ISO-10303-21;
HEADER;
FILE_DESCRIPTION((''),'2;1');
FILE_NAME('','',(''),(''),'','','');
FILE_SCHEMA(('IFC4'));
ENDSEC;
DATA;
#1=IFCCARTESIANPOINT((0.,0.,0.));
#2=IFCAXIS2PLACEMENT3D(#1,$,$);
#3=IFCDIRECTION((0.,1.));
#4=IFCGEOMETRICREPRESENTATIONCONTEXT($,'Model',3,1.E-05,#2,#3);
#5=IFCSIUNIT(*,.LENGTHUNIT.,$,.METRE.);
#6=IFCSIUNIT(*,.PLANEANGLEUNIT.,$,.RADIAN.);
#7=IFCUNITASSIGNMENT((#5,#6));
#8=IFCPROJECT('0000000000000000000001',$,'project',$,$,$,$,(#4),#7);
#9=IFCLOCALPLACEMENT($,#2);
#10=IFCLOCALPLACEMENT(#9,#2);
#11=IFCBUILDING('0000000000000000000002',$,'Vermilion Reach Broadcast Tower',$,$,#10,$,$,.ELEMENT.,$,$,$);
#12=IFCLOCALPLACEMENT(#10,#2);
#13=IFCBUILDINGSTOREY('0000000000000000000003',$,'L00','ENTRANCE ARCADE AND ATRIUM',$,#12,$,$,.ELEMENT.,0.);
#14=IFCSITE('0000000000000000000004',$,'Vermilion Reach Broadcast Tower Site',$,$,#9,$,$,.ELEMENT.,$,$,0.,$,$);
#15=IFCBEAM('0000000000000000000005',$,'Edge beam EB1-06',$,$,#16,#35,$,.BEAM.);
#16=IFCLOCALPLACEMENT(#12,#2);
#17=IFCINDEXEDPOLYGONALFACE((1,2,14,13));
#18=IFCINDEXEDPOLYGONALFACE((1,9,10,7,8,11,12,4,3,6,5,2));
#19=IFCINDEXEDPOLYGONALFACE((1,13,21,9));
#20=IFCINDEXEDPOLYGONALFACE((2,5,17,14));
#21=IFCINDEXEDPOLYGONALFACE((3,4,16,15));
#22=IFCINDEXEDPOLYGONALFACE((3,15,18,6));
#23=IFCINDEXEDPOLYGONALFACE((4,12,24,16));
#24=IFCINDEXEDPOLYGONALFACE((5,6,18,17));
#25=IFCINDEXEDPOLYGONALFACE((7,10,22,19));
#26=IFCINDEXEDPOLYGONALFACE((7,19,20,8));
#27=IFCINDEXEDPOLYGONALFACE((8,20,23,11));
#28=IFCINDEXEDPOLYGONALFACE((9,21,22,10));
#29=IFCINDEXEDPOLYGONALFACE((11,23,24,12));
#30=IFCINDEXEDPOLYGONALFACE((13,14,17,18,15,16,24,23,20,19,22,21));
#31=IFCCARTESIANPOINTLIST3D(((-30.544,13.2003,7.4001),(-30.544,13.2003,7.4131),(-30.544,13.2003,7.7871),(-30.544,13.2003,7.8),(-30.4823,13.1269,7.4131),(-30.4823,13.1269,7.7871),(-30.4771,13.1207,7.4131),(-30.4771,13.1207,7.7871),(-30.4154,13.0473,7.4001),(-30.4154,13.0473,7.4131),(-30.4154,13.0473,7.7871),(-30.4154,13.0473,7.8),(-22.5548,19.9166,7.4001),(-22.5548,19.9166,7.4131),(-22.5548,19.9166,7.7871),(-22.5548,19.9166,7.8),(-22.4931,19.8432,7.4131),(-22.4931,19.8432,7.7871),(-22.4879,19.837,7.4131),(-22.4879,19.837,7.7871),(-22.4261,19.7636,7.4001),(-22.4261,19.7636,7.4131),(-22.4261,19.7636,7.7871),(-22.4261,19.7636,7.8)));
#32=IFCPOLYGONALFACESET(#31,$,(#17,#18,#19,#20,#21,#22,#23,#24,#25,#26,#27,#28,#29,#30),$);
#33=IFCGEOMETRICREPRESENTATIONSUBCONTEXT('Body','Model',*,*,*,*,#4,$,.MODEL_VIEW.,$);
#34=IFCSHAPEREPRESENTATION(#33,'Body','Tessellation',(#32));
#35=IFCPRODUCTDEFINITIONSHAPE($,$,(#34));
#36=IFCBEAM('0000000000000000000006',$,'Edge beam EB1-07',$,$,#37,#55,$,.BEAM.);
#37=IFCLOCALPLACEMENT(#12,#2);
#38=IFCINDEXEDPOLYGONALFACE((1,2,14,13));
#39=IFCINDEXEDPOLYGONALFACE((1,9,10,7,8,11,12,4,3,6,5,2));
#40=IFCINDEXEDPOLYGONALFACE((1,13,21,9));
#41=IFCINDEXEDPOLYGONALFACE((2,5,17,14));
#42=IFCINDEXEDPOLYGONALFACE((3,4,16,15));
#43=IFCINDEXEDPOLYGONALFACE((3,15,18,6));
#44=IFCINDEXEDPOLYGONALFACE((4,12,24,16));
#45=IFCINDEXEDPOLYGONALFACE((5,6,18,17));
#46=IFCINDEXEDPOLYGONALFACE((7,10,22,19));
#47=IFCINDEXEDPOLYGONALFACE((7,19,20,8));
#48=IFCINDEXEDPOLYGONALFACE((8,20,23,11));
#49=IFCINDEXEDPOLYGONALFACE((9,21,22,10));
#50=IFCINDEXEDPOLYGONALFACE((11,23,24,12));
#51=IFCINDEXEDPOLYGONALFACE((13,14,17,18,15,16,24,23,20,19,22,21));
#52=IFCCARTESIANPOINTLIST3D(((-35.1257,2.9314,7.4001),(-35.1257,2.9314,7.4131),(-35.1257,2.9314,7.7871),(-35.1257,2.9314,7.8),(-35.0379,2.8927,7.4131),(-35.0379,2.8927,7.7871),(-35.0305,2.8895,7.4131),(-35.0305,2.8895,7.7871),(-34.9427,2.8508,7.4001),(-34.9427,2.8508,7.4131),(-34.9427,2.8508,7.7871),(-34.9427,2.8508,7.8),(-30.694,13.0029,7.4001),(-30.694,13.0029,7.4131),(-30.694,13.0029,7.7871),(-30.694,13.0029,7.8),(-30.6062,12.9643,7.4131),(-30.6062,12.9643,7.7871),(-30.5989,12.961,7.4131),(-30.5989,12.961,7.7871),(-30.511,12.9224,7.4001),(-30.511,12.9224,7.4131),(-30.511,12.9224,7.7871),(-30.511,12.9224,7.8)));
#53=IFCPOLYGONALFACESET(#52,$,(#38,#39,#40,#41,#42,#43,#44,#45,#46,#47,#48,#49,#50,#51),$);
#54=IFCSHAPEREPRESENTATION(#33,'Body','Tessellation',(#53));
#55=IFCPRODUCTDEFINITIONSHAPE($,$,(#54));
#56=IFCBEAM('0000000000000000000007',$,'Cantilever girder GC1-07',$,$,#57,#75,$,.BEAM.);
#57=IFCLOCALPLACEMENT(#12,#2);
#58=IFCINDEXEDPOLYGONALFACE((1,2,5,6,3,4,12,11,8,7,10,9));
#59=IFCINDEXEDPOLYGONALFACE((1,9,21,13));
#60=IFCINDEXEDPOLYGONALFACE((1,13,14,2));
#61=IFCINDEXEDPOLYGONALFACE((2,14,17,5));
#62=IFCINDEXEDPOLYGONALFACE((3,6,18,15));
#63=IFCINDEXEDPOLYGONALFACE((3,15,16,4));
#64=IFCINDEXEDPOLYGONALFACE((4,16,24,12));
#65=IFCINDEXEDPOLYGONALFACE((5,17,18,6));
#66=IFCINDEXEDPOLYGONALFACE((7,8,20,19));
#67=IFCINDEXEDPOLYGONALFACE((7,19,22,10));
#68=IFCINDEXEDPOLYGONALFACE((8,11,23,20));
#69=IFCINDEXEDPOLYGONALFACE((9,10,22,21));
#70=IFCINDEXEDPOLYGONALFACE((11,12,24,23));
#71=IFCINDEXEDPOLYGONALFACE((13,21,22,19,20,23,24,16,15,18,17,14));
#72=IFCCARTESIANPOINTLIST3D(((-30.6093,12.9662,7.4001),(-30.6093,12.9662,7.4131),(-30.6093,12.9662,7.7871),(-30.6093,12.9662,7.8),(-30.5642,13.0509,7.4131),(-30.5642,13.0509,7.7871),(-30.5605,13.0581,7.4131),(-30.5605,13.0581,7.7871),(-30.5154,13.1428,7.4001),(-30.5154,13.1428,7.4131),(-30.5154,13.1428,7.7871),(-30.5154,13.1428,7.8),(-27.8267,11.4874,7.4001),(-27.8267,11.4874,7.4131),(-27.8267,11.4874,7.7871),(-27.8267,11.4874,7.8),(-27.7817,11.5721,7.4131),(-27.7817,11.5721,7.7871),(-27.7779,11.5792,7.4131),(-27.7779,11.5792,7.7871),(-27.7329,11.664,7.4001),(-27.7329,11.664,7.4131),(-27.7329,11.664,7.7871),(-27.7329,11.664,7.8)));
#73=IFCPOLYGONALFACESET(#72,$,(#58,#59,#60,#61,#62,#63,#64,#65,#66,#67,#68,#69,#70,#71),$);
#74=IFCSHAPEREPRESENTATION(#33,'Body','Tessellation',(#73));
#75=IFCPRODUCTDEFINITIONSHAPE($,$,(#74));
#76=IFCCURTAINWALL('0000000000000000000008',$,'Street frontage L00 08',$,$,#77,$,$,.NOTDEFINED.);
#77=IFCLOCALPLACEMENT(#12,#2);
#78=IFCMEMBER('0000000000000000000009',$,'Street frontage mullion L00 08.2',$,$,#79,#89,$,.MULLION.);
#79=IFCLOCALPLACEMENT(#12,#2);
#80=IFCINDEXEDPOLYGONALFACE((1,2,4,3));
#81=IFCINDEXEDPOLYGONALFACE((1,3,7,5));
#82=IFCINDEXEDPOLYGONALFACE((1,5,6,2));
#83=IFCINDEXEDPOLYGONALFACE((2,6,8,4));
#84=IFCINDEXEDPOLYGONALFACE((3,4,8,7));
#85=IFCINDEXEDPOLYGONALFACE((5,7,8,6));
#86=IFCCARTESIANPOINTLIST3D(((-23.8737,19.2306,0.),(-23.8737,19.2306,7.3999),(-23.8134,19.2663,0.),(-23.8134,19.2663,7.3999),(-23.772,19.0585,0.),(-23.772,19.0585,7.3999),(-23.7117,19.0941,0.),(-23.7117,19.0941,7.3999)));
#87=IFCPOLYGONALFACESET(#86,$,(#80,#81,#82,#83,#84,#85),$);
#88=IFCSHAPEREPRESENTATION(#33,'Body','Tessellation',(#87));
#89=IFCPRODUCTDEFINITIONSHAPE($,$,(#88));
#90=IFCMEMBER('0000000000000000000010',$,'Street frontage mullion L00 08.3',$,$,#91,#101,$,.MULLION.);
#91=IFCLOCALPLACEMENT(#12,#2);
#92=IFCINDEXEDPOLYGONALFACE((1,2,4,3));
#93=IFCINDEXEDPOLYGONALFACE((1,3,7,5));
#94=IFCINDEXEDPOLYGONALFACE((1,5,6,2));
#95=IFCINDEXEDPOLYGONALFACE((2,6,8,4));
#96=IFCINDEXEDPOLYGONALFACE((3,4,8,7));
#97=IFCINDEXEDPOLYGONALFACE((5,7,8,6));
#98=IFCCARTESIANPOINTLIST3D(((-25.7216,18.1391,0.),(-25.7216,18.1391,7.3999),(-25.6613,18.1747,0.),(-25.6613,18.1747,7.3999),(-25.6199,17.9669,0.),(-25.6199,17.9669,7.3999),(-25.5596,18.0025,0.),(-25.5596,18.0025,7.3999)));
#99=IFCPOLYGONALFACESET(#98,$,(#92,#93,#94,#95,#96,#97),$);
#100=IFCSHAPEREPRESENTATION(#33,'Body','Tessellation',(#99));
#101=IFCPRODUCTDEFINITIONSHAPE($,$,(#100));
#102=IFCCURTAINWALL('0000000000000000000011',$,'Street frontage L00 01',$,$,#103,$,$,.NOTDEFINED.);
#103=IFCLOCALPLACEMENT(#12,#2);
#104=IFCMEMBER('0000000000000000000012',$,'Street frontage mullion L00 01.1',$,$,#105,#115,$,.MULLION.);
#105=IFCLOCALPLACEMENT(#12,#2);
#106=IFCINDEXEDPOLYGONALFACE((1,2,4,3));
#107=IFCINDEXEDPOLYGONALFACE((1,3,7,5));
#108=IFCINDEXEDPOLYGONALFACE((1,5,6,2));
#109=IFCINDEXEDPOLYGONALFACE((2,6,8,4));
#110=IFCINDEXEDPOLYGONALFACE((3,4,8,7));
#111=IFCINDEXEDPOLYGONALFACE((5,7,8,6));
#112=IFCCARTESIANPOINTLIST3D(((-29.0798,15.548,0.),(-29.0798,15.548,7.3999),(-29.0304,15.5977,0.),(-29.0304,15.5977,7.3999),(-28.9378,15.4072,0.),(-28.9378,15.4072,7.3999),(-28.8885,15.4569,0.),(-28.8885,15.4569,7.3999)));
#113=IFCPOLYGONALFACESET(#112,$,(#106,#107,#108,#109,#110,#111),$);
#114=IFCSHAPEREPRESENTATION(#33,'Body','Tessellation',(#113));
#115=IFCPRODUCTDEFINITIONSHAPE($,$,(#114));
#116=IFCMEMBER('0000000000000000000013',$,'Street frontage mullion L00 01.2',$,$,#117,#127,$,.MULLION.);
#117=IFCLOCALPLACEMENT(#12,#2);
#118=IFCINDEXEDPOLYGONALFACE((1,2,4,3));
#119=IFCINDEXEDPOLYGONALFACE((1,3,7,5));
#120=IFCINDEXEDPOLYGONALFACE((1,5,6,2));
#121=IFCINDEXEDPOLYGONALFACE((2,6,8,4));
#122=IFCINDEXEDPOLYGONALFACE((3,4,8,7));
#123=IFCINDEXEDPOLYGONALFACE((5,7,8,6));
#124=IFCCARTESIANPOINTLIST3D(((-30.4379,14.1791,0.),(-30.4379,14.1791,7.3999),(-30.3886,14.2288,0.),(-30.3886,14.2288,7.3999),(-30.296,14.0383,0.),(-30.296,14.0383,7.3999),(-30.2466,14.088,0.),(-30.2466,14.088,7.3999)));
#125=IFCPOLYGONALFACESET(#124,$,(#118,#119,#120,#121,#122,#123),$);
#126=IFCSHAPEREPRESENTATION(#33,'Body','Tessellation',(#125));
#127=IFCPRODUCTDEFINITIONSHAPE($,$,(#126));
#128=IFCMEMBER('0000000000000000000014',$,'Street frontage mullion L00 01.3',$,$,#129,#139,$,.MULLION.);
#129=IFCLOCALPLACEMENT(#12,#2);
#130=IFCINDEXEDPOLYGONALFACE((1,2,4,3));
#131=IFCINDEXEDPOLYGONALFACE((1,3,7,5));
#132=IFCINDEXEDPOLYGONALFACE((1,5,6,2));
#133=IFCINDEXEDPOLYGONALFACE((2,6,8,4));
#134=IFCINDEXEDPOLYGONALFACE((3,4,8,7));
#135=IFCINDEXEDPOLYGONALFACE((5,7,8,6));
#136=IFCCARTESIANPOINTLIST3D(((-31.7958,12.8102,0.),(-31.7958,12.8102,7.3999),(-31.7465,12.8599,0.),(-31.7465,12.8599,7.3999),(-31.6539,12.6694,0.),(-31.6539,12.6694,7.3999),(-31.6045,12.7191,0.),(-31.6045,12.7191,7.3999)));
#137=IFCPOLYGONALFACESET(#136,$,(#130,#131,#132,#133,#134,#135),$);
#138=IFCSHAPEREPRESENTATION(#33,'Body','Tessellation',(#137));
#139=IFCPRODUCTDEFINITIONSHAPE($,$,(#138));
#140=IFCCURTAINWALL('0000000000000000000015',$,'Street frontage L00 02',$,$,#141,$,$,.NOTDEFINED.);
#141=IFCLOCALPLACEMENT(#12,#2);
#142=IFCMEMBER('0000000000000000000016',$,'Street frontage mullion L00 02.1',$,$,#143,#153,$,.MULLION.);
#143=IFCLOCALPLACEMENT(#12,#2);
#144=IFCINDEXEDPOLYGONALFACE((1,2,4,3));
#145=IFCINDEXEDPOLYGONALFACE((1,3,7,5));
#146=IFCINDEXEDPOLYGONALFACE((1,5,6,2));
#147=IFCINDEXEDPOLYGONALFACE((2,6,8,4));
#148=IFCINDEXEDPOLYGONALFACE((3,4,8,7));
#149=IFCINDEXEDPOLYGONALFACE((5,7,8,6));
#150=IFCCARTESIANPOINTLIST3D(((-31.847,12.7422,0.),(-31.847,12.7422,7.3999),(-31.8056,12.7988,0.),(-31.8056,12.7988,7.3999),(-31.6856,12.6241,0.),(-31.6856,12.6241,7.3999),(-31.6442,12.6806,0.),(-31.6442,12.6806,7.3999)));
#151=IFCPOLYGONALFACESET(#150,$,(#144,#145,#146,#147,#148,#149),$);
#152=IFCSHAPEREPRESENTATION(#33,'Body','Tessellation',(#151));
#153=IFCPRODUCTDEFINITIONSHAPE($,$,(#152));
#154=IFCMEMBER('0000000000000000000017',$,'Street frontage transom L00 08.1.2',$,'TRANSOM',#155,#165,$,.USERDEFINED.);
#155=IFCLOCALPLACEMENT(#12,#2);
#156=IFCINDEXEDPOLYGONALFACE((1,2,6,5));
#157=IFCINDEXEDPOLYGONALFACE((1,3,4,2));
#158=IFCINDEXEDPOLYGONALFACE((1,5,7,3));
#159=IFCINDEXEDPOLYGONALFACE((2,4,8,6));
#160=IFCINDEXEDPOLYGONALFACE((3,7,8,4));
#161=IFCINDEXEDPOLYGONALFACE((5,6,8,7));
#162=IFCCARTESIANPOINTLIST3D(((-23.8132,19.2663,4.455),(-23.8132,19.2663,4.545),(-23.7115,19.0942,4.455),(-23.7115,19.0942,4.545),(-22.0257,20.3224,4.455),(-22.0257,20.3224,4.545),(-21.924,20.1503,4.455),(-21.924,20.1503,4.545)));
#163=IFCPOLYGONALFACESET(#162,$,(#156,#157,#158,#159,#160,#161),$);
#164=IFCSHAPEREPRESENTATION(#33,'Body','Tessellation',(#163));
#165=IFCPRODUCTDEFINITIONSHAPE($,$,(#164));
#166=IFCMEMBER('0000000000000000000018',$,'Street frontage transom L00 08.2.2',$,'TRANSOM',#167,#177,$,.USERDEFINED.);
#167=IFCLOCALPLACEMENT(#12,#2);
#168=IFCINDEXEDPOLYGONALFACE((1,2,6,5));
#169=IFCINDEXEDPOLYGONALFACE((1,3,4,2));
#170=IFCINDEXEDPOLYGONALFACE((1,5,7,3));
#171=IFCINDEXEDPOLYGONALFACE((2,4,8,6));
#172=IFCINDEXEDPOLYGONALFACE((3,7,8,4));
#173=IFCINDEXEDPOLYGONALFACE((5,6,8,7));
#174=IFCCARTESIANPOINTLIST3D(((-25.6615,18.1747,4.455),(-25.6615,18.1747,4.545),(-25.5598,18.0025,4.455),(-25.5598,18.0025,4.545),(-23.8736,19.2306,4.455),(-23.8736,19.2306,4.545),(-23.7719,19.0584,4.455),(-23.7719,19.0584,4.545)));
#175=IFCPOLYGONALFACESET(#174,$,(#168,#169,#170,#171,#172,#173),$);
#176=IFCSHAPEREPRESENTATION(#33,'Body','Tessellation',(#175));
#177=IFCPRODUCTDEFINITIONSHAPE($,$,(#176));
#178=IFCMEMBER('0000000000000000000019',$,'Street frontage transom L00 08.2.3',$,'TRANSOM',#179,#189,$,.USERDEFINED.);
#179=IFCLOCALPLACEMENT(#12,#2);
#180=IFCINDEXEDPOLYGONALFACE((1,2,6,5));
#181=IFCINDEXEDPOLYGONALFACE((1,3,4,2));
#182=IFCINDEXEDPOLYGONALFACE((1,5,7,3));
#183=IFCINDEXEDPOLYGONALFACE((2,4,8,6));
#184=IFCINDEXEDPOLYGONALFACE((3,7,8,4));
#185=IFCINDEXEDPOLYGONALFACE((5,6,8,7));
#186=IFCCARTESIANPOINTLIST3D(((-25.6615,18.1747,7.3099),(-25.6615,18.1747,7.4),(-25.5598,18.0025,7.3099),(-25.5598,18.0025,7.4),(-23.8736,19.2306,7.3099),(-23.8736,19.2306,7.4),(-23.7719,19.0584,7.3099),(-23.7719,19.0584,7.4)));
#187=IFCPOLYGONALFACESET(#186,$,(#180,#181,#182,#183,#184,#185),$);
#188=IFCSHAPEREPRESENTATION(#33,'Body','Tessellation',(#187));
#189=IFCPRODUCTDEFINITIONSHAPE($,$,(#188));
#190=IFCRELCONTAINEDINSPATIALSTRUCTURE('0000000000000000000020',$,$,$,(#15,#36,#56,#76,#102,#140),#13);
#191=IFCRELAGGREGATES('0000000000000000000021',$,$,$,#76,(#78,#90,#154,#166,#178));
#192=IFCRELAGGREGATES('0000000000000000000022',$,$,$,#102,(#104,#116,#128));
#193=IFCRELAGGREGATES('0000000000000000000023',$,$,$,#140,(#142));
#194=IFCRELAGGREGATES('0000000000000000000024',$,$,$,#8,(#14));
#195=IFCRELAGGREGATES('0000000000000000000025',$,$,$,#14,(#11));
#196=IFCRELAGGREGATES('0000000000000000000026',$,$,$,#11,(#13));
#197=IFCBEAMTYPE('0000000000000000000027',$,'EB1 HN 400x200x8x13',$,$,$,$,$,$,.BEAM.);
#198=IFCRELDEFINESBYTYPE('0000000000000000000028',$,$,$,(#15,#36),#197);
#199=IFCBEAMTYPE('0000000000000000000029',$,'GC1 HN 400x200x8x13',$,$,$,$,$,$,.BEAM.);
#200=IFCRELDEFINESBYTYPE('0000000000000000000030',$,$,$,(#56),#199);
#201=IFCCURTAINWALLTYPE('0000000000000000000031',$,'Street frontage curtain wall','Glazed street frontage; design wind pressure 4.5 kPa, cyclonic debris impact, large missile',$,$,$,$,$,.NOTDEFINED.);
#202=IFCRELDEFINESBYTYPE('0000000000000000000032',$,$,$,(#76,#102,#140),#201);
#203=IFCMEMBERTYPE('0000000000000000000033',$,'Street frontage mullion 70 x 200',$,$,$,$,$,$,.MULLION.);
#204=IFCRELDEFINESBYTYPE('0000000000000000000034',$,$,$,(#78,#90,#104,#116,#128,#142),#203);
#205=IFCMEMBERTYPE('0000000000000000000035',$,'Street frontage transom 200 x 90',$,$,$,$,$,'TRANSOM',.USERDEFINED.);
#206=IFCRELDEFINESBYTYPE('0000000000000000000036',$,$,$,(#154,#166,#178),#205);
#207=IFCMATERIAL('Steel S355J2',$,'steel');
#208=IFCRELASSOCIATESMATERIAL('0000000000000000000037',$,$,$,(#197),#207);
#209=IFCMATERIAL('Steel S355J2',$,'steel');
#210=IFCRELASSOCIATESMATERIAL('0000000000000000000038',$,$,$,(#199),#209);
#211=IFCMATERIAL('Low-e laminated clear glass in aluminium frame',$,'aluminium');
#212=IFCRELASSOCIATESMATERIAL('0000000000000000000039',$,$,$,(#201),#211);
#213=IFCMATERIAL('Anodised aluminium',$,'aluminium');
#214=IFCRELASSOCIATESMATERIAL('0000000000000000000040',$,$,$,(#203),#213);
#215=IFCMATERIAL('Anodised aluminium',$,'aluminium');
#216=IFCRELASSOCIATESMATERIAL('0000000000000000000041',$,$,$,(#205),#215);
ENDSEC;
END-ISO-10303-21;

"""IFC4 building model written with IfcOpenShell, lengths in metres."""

from ifc_helpers import new_model, si_unit, direction, frame, origin, origin_2d, place, context, subcontext, project, spatial, rectangle, i_section, extrude, material, material_profile, profile_set, type_object, element, aggregate, save


model = new_model("IFC4")

# Units and contexts
model_context = context("Model", 3, precision=1e-05, world=origin(), true_north=direction((0.0, 1.0)))
body_context = subcontext(model_context, "Body", "Model", "MODEL_VIEW")
ifc_project = project(units=[si_unit("LENGTHUNIT", "METRE"), si_unit("PLANEANGLEUNIT", "RADIAN")], contexts=[model_context])

# Site, building, storey
site_placement = place(None, origin())
site = spatial("IfcSite", under=ifc_project, at=site_placement, Name="Vermilion Reach Broadcast Tower Site", CompositionType="ELEMENT", RefElevation=0.0)
building_placement = place(site_placement, origin())
building = spatial("IfcBuilding", under=site, at=building_placement, Name="Vermilion Reach Broadcast Tower", CompositionType="ELEMENT")
storey_placement = place(building_placement, origin())
storey = spatial("IfcBuildingStorey", under=building, at=storey_placement, Name="L00", Description="ENTRANCE ARCADE AND ATRIUM", CompositionType="ELEMENT", Elevation=0.0)

# Beams
ifc_material_1 = material(Name="Steel S355J2", Category="steel")
ifc_material_profile_1 = material_profile(ifc_material_1, i_section(OverallWidth=0.2, OverallDepth=0.3999, WebThickness=0.0081, FlangeThickness=0.0129, at=origin_2d()), Name="S355J2 HN 400x200x8x13")
ifc_profile_set_1 = profile_set([ifc_material_profile_1], Name="Steel S355J2")
beam_type_1 = type_object("IfcBeamType", Name="EB1 HN 400x200x8x13", PredefinedType="BEAM", material=ifc_profile_set_1)
beam_1_placement = place(storey_placement, frame((-22.4905, 19.8401, 7.6001), z_axis=(-0.765453, -0.643492, 0.0), x_axis=(0.643492, -0.765453, 0.0)))
element("IfcBeam", 1, at=beam_1_placement, inside=storey, type_object=beam_type_1, Name="Edge beam EB1-06", PredefinedType="BEAM", context=body_context, shape_type="SweptSolid", body=[
    extrude(i_section(OverallWidth=0.2, OverallDepth=0.3999, WebThickness=0.0081, FlangeThickness=0.0129, at=origin_2d()), origin(), (0.0, 0.0, 1.0), 10.4373),
])
beam_2_placement = place(storey_placement, frame((-30.6025, 12.9626, 7.6001), z_axis=(-0.402751, -0.915309, 0.0), x_axis=(0.915309, -0.402751, 0.0)))
element("IfcBeam", 2, at=beam_2_placement, inside=storey, type_object=beam_type_1, Name="Edge beam EB1-07", PredefinedType="BEAM", context=body_context, shape_type="SweptSolid", body=[
    extrude(i_section(OverallWidth=0.2, OverallDepth=0.3999, WebThickness=0.0081, FlangeThickness=0.0129, at=origin_2d()), origin(), (0.0, 0.0, 1.0), 11.0034),
])
ifc_material_2 = material(Name="Steel S355J2", Category="steel")
ifc_material_profile_2 = material_profile(ifc_material_2, i_section(OverallWidth=0.2, OverallDepth=0.3999, WebThickness=0.0081, FlangeThickness=0.0129, at=origin_2d()), Name="S355J2 HN 400x200x8x13")
ifc_profile_set_2 = profile_set([ifc_material_profile_2], Name="Steel S355J2")
beam_type_2 = type_object("IfcBeamType", Name="GC1 HN 400x200x8x13", PredefinedType="BEAM", material=ifc_profile_set_2)
beam_3_placement = place(storey_placement, frame((-27.7798, 11.5757, 7.6001), z_axis=(-0.88304, 0.469297, 0.0), x_axis=(-0.469297, -0.88304, 0.0)))
element("IfcBeam", 3, at=beam_3_placement, inside=storey, type_object=beam_type_2, Name="Cantilever girder GC1-07", PredefinedType="BEAM", context=body_context, shape_type="SweptSolid", body=[
    extrude(i_section(OverallWidth=0.2, OverallDepth=0.3999, WebThickness=0.0081, FlangeThickness=0.0129, at=origin_2d()), origin(), (0.0, 0.0, 1.0), 3.1511),
])

# Curtain walls, members
ifc_material_3 = material(Name="Low-e laminated clear glass in aluminium frame", Category="aluminium")
curtain_wall_type = type_object("IfcCurtainWallType", Name="Street frontage curtain wall", Description="Glazed street frontage; design wind pressure 4.5 kPa, cyclonic debris impact, large missile", PredefinedType="NOTDEFINED", material=ifc_material_3)
placement = place(storey_placement, origin())
curtain_wall_1 = element("IfcCurtainWall", 4, at=placement, inside=storey, type_object=curtain_wall_type, Name="Street frontage L00 08", PredefinedType="NOTDEFINED")
ifc_material_4 = material(Name="Anodised aluminium", Category="aluminium")
ifc_material_profile_3 = material_profile(ifc_material_4, rectangle(XDim=0.2, YDim=0.0701, at=origin_2d()), Name="Street frontage mullion 70 x 200")
ifc_profile_set_3 = profile_set([ifc_material_profile_3], Name="Anodised aluminium")
member_type_1 = type_object("IfcMemberType", Name="Street frontage mullion 70 x 200", PredefinedType="MULLION", material=ifc_profile_set_3)
member_1_placement = place(storey_placement, frame((-23.7927, 19.1624, 0.0), z_axis=(0.0, 0.0, 1.0), x_axis=(0.50859, -0.861009, 0.0)))
member_1 = element("IfcMember", 5, at=member_1_placement, type_object=member_type_1, Name="Street frontage mullion L00 08.2", PredefinedType="MULLION", context=body_context, shape_type="SweptSolid", body=[
    extrude(rectangle(XDim=0.2, YDim=0.0701, at=origin_2d()), origin(), (0.0, 0.0, 1.0), 7.3999),
])
member_2_placement = place(storey_placement, frame((-25.6406, 18.0708, 0.0), z_axis=(0.0, 0.0, 1.0), x_axis=(0.50859, -0.861009, 0.0)))
member_2 = element("IfcMember", 6, at=member_2_placement, type_object=member_type_1, Name="Street frontage mullion L00 08.3", PredefinedType="MULLION", context=body_context, shape_type="SweptSolid", body=[
    extrude(rectangle(XDim=0.2, YDim=0.0701, at=origin_2d()), origin(), (0.0, 0.0, 1.0), 7.3999),
])
curtain_wall_2 = element("IfcCurtainWall", 7, at=placement, inside=storey, type_object=curtain_wall_type, Name="Street frontage L00 01", PredefinedType="NOTDEFINED")
member_3_placement = place(storey_placement, frame((-28.9841, 15.5024, 0.0), z_axis=(0.0, 0.0, 1.0), x_axis=(0.709926, -0.704276, 0.0)))
member_3 = element("IfcMember", 8, at=member_3_placement, type_object=member_type_1, Name="Street frontage mullion L00 01.1", PredefinedType="MULLION", context=body_context, shape_type="SweptSolid", body=[
    extrude(rectangle(XDim=0.2, YDim=0.0701, at=origin_2d()), origin(), (0.0, 0.0, 1.0), 7.3999),
])
member_4_placement = place(storey_placement, frame((-30.3423, 14.1335, 0.0), z_axis=(0.0, 0.0, 1.0), x_axis=(0.709926, -0.704276, 0.0)))
member_4 = element("IfcMember", 9, at=member_4_placement, type_object=member_type_1, Name="Street frontage mullion L00 01.2", PredefinedType="MULLION", context=body_context, shape_type="SweptSolid", body=[
    extrude(rectangle(XDim=0.2, YDim=0.0701, at=origin_2d()), origin(), (0.0, 0.0, 1.0), 7.3999),
])
member_5_placement = place(storey_placement, frame((-31.7002, 12.7646, 0.0), z_axis=(0.0, 0.0, 1.0), x_axis=(0.709926, -0.704276, 0.0)))
member_5 = element("IfcMember", 10, at=member_5_placement, type_object=member_type_1, Name="Street frontage mullion L00 01.3", PredefinedType="MULLION", context=body_context, shape_type="SweptSolid", body=[
    extrude(rectangle(XDim=0.2, YDim=0.0701, at=origin_2d()), origin(), (0.0, 0.0, 1.0), 7.3999),
])

# Curtain wall, member
curtain_wall_3 = element("IfcCurtainWall", 11, at=placement, inside=storey, type_object=curtain_wall_type, Name="Street frontage L00 02", PredefinedType="NOTDEFINED")
member_6_placement = place(storey_placement, frame((-31.7456, 12.7114, 0.0), z_axis=(0.0, 0.0, 1.0), x_axis=(0.806847, -0.59076, 0.0)))
member_6 = element("IfcMember", 12, at=member_6_placement, type_object=member_type_1, Name="Street frontage mullion L00 02.1", PredefinedType="MULLION", context=body_context, shape_type="SweptSolid", body=[
    extrude(rectangle(XDim=0.2, YDim=0.0701, at=origin_2d()), origin(), (0.0, 0.0, 1.0), 7.3999),
])

# Members
ifc_material_5 = material(Name="Anodised aluminium", Category="aluminium")
ifc_material_profile_4 = material_profile(ifc_material_5, rectangle(XDim=0.2, YDim=0.0901, at=origin_2d()), Name="Street frontage transom 200 x 90")
ifc_profile_set_4 = profile_set([ifc_material_profile_4], Name="Anodised aluminium")
member_type_2 = type_object("IfcMemberType", Name="Street frontage transom 200 x 90", ElementType="TRANSOM", PredefinedType="USERDEFINED", material=ifc_profile_set_4)
member_7_placement = place(storey_placement, frame((-21.9749, 20.2363, 4.5), z_axis=(-0.860959, -0.508674, 0.0), x_axis=(0.508674, -0.860959, 0.0)))
member_7 = element("IfcMember", 13, at=member_7_placement, type_object=member_type_2, Name="Street frontage transom L00 08.1.2", ObjectType="TRANSOM", PredefinedType="USERDEFINED", context=body_context, shape_type="SweptSolid", body=[
    extrude(rectangle(XDim=0.2, YDim=0.0901, at=origin_2d()), origin(), (0.0, 0.0, 1.0), 2.0762),
])
member_8_placement = place(storey_placement, frame((-23.8228, 19.1445, 4.5), z_axis=(-0.861041, -0.508535, 0.0), x_axis=(0.508535, -0.861041, 0.0)))
member_8 = element("IfcMember", 14, at=member_8_placement, type_object=member_type_2, Name="Street frontage transom L00 08.2.2", ObjectType="TRANSOM", PredefinedType="USERDEFINED", context=body_context, shape_type="SweptSolid", body=[
    extrude(rectangle(XDim=0.2, YDim=0.0901, at=origin_2d()), origin(), (0.0, 0.0, 1.0), 2.0764),
])
member_9_placement = place(storey_placement, frame((-23.8228, 19.1445, 7.355), z_axis=(-0.861041, -0.508535, 0.0), x_axis=(0.508535, -0.861041, 0.0)))
member_9 = element("IfcMember", 15, at=member_9_placement, type_object=member_type_2, Name="Street frontage transom L00 08.2.3", ObjectType="TRANSOM", PredefinedType="USERDEFINED", context=body_context, shape_type="SweptSolid", body=[
    extrude(rectangle(XDim=0.2, YDim=0.0901, at=origin_2d()), origin(), (0.0, 0.0, 1.0), 2.0764),
])

aggregate(curtain_wall_1, [member_1, member_2, member_7, member_8, member_9])
aggregate(curtain_wall_2, [member_3, member_4, member_5])
aggregate(curtain_wall_3, [member_6])

save(model, "model.ifc")
